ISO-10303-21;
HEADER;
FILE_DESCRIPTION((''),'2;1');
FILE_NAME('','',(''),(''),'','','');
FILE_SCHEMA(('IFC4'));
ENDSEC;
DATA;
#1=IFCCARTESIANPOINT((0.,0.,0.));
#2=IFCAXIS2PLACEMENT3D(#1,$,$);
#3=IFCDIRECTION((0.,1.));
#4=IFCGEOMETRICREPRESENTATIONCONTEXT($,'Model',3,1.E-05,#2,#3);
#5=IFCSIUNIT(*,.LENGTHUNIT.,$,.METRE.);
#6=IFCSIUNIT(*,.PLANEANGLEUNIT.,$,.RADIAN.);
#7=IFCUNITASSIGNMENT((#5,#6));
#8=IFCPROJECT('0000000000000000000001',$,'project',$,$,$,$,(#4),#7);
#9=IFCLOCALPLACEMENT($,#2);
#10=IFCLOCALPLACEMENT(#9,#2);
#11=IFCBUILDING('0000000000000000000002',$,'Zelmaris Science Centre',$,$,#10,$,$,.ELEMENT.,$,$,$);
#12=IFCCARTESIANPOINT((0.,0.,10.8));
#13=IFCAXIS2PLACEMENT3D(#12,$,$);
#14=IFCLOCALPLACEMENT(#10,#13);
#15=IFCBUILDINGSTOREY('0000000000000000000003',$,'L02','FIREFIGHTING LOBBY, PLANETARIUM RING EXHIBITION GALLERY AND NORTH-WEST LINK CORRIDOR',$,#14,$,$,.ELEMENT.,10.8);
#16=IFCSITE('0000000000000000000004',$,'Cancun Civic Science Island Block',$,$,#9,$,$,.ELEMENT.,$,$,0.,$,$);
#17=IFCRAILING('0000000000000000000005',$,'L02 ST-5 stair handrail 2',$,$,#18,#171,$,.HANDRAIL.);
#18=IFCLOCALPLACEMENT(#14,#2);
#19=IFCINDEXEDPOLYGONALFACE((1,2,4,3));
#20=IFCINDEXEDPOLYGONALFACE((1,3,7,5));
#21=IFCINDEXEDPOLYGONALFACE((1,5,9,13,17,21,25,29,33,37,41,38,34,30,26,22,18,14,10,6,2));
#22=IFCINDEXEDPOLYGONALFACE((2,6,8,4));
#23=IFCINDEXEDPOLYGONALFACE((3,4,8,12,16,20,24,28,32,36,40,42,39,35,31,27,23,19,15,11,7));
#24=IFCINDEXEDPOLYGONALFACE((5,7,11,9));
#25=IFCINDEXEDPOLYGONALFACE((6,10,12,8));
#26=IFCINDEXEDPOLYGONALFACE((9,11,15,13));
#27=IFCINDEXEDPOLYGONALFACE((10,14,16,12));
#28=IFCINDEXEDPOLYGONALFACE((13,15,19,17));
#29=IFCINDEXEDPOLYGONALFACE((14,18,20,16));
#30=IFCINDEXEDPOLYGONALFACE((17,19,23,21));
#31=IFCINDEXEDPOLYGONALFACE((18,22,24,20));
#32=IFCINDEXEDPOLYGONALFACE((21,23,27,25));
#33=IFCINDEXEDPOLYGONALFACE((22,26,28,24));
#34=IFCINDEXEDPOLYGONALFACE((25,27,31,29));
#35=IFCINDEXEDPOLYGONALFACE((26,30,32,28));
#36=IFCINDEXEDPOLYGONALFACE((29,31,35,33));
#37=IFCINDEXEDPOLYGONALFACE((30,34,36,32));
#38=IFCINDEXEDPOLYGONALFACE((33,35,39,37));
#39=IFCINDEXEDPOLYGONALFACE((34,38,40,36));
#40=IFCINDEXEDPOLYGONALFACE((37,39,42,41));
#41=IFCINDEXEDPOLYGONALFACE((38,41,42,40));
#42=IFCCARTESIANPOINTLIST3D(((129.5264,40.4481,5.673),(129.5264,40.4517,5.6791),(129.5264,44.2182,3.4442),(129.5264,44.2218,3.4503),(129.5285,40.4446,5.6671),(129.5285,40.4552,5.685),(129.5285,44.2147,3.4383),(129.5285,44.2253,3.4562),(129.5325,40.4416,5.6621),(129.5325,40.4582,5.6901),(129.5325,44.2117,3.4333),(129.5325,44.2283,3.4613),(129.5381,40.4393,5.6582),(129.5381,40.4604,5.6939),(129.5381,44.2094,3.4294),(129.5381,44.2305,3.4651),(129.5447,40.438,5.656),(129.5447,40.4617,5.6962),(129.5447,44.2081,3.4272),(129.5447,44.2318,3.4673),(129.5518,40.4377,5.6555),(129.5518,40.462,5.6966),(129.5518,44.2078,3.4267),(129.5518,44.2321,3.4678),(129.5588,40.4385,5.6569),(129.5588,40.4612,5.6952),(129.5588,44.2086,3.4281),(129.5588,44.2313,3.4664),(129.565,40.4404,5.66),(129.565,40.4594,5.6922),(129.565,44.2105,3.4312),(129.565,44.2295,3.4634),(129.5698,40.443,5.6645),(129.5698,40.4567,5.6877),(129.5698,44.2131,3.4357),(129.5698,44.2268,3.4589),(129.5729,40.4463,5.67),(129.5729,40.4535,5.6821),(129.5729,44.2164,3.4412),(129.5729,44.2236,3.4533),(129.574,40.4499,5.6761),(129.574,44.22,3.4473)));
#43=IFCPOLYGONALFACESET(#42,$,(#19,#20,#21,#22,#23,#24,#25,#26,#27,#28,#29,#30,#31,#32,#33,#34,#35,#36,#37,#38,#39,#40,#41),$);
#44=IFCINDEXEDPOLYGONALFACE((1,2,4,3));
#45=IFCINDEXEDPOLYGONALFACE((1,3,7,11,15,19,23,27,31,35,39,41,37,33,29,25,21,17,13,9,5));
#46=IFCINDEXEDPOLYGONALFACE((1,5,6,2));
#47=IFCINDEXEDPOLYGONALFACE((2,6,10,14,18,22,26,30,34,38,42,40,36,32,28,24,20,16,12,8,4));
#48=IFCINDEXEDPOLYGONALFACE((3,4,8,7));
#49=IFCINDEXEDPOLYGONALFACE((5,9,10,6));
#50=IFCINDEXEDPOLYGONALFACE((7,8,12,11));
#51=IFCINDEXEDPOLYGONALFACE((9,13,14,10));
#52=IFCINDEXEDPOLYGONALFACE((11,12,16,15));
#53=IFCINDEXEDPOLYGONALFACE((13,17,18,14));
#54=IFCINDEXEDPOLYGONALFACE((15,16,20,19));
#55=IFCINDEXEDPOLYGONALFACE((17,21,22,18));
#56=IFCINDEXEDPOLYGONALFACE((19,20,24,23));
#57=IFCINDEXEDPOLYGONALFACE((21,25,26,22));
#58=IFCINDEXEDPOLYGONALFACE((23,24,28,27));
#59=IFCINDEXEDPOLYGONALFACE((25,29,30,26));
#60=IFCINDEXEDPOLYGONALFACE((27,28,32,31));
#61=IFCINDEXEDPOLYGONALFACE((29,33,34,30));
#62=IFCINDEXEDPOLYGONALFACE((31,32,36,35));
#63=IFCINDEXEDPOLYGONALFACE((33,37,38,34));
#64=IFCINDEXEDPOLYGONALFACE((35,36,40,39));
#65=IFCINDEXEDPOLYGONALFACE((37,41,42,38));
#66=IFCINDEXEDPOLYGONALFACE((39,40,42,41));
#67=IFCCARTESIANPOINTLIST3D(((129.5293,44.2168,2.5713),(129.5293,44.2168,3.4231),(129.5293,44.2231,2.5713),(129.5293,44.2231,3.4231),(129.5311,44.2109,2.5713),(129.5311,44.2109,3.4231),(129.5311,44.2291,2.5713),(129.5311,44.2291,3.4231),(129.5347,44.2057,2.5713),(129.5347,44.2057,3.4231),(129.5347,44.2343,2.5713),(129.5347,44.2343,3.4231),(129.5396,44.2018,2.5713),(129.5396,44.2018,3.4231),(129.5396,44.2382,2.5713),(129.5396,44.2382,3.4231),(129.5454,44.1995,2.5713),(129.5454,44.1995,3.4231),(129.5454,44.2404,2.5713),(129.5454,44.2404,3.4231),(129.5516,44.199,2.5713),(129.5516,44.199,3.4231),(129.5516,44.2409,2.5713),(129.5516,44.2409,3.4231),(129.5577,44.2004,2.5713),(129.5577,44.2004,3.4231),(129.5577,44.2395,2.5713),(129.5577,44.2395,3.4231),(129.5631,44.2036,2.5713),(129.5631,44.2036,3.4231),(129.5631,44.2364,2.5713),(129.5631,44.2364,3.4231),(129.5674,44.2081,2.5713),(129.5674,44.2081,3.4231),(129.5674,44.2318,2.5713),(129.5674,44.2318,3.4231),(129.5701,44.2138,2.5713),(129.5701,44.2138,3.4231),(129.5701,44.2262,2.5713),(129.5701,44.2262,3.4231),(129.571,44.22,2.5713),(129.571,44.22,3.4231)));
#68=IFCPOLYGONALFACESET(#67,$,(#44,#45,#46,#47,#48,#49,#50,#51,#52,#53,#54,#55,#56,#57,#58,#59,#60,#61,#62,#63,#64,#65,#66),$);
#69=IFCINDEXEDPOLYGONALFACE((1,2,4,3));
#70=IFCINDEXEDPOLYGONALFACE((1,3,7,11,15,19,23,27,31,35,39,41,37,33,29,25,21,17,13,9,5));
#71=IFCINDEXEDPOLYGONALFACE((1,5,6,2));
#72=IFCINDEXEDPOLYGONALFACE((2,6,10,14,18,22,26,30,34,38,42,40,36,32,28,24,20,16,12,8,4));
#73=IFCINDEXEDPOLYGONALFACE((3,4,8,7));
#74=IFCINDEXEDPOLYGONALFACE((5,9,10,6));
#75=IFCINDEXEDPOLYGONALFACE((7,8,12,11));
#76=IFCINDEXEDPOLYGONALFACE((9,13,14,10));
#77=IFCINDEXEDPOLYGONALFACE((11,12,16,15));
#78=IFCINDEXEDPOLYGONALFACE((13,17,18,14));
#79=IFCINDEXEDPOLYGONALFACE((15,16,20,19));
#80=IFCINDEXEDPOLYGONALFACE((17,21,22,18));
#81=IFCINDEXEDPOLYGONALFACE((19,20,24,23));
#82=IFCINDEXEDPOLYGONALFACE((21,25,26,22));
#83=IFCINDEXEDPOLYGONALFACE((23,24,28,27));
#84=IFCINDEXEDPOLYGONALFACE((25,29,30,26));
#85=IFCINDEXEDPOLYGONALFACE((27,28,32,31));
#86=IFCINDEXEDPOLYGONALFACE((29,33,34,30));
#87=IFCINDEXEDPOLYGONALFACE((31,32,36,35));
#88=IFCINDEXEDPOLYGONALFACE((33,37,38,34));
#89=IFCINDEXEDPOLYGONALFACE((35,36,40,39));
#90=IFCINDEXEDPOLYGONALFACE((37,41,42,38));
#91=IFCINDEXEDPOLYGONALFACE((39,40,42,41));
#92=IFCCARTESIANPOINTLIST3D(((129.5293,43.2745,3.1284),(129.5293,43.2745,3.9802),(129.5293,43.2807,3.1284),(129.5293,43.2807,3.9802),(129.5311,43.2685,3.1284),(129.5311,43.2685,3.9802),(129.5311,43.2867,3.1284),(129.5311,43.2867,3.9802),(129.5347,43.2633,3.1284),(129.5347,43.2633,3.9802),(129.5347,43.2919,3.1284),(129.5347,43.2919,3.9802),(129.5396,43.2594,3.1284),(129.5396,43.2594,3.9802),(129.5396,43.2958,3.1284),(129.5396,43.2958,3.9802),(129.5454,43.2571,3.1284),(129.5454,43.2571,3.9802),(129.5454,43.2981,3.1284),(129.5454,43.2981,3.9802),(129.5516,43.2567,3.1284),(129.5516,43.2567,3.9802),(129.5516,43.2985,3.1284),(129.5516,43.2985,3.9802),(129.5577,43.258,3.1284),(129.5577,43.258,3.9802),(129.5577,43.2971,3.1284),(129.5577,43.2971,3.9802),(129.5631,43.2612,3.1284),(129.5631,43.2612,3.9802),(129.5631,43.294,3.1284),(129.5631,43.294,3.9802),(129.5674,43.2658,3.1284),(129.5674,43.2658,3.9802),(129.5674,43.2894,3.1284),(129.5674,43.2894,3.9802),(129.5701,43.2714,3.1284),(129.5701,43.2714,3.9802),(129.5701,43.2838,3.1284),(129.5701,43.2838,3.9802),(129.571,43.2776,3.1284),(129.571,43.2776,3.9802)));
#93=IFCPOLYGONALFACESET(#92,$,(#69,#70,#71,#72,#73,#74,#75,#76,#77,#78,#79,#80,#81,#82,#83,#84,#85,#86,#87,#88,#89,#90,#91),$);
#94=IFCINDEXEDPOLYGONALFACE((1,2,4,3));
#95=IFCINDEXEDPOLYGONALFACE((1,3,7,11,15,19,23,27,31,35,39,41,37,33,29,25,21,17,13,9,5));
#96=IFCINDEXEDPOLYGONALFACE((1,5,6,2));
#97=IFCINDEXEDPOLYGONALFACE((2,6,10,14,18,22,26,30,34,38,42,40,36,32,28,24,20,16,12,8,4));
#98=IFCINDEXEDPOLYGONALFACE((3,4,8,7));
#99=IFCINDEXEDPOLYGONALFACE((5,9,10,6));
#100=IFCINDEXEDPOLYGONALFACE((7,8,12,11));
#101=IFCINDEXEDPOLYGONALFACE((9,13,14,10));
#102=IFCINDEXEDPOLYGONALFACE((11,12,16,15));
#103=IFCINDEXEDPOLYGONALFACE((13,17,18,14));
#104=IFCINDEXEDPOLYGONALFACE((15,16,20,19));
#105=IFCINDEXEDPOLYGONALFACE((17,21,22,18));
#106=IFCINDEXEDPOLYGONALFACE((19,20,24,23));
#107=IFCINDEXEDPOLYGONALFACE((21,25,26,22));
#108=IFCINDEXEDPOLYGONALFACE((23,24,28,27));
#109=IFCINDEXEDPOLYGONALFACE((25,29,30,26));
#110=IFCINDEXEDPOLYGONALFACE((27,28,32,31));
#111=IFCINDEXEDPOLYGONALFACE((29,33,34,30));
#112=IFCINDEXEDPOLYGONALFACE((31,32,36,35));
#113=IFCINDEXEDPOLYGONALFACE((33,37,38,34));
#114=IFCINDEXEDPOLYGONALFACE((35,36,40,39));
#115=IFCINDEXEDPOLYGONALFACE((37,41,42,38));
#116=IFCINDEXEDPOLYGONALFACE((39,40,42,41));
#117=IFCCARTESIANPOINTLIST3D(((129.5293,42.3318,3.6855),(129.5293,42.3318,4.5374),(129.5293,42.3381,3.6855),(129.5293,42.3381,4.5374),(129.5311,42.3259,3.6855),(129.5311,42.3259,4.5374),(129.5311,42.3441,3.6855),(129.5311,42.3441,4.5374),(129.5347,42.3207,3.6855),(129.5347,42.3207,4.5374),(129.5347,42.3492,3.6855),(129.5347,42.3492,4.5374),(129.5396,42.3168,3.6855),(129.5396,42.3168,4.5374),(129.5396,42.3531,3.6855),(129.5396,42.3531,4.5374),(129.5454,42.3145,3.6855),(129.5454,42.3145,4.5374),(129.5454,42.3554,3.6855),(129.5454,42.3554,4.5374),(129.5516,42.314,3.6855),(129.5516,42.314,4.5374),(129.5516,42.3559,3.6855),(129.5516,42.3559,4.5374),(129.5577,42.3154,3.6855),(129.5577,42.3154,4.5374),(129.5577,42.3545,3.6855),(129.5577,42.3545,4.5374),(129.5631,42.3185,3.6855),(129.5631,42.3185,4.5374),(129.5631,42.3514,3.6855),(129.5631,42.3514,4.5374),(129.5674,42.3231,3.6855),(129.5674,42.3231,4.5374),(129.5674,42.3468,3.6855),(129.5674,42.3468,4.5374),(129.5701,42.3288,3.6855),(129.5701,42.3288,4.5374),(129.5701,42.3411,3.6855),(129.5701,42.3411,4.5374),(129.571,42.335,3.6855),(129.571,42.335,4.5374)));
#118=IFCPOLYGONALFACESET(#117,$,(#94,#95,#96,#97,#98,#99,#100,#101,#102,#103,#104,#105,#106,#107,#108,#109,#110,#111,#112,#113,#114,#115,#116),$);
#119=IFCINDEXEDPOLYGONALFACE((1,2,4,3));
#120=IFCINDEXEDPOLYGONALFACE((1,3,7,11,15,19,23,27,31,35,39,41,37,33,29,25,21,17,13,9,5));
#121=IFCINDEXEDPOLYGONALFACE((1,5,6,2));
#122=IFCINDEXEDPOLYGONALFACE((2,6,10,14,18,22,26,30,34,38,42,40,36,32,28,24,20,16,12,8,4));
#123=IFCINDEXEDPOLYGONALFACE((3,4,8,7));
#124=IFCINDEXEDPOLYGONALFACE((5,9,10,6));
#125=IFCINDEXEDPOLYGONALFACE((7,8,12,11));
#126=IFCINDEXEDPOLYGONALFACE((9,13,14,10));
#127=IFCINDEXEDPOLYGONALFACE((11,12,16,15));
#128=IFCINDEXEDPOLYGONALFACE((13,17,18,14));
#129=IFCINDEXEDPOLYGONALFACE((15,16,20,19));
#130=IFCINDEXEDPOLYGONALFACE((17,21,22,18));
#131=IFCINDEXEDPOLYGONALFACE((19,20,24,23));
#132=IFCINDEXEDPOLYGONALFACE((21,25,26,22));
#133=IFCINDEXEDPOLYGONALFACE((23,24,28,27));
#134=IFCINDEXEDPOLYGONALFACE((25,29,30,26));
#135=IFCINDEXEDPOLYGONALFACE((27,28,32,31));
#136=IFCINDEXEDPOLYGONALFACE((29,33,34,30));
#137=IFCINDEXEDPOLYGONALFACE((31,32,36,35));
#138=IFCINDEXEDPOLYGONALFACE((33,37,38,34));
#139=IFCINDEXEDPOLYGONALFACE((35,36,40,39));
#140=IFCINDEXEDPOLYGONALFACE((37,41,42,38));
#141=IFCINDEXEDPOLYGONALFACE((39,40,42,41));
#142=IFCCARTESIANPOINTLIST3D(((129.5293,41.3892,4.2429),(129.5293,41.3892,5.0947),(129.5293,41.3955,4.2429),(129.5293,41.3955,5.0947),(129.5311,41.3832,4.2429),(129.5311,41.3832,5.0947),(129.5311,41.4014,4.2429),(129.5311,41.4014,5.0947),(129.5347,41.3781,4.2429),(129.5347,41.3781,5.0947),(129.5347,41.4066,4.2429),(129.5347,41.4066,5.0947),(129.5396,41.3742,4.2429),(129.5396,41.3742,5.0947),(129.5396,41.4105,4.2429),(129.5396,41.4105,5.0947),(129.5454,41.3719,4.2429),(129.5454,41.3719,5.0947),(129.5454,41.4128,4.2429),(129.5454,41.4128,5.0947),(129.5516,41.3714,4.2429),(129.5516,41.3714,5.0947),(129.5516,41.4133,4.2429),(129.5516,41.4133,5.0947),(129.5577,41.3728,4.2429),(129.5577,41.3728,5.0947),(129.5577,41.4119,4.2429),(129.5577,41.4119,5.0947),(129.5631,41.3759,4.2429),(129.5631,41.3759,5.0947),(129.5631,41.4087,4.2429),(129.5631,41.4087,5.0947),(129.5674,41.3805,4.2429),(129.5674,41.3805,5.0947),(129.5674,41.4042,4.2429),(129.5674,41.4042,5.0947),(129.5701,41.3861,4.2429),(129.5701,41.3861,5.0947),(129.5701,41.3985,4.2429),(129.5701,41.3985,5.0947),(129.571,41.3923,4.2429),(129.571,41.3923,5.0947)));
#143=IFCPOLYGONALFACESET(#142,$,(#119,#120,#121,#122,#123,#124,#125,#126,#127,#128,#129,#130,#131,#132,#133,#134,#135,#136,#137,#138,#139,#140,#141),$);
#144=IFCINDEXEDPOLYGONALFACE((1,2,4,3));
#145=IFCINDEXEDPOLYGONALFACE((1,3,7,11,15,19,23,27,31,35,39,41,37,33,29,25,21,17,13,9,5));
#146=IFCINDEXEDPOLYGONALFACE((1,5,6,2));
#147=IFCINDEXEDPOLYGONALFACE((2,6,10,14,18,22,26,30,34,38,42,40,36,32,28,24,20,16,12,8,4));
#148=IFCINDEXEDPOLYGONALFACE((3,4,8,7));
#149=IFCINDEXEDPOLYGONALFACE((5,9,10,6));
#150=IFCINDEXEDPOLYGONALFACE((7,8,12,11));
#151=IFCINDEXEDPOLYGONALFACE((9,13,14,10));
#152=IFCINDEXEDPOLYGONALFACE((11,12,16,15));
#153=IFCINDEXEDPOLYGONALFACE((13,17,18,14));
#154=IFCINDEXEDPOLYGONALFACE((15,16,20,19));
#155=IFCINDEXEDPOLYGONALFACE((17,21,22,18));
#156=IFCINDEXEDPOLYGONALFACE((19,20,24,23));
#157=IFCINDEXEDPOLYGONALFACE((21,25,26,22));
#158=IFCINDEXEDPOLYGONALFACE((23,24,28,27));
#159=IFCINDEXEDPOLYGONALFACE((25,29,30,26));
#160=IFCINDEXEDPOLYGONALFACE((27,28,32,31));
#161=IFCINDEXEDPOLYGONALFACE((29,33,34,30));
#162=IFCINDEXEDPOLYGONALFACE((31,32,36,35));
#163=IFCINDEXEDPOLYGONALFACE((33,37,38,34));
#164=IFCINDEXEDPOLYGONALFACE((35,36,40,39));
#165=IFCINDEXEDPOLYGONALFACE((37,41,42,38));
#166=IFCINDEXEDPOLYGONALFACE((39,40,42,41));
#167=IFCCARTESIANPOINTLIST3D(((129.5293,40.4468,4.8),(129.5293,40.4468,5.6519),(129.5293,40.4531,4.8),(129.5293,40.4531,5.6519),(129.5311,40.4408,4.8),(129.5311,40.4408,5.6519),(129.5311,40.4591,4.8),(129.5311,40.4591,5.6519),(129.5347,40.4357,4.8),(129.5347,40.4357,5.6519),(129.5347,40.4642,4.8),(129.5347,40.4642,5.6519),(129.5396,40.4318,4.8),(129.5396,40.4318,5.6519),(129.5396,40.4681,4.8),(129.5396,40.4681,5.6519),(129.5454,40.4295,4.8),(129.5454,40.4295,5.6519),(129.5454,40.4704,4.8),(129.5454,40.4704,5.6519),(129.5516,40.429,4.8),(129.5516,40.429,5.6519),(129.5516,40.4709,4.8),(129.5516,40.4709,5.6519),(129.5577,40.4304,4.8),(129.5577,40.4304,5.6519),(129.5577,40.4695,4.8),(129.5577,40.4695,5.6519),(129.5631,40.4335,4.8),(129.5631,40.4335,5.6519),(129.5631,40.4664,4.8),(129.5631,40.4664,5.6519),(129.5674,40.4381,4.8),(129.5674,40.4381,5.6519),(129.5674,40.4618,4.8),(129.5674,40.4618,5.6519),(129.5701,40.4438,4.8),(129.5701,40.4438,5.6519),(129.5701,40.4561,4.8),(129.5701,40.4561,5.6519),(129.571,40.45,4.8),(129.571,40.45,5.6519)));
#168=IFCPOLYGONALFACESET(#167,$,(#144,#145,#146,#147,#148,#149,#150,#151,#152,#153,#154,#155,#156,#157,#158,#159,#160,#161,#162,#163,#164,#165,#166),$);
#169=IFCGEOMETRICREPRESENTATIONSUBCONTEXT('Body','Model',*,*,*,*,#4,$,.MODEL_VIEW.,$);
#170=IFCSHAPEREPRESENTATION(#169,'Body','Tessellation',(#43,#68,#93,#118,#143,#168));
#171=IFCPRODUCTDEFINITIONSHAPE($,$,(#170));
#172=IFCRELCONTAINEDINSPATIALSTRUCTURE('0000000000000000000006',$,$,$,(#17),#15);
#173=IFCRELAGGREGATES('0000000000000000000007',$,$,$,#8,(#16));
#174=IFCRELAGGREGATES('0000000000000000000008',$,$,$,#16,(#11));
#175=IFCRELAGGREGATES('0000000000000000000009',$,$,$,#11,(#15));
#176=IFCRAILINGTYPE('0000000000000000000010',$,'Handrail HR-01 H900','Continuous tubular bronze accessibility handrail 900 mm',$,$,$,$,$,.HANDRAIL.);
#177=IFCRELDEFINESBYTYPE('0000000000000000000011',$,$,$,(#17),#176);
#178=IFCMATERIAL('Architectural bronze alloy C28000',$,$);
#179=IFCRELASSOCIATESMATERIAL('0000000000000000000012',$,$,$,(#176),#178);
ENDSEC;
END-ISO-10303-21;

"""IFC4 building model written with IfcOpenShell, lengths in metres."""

from ifc_helpers import new_model, si_unit, direction, frame, origin, origin_2d, place, context, subcontext, project, spatial, circle, extrude, material, type_object, element, save


model = new_model("IFC4")

# Units and contexts
model_context = context("Model", 3, precision=1e-05, world=origin(), true_north=direction((0.0, 1.0)))
body_context = subcontext(model_context, "Body", "Model", "MODEL_VIEW")
ifc_project = project(units=[si_unit("LENGTHUNIT", "METRE"), si_unit("PLANEANGLEUNIT", "RADIAN")], contexts=[model_context])

# Site, building, storey
site_placement = place(None, origin())
site = spatial("IfcSite", under=ifc_project, at=site_placement, Name="Cancun Civic Science Island Block", CompositionType="ELEMENT", RefElevation=0.0)
building_placement = place(site_placement, origin())
building = spatial("IfcBuilding", under=site, at=building_placement, Name="Zelmaris Science Centre", CompositionType="ELEMENT")
storey_placement = place(building_placement, frame((0.0, 0.0, 10.8)))
storey = spatial("IfcBuildingStorey", under=building, at=storey_placement, Name="L02", Description="FIREFIGHTING LOBBY, PLANETARIUM RING EXHIBITION GALLERY AND NORTH-WEST LINK CORRIDOR", CompositionType="ELEMENT", Elevation=10.8)

# Railing
ifc_material_1 = material(Name="Architectural bronze alloy C28000")
railing_type_1 = type_object("IfcRailingType", Name="Handrail HR-01 H900", Description="Continuous tubular bronze accessibility handrail 900 mm", PredefinedType="HANDRAIL", material=ifc_material_1)
railing_1_placement = place(storey_placement, frame((129.55, 44.22, 2.5713)))
element("IfcRailing", 1, at=railing_1_placement, inside=storey, type_object=railing_type_1, Name="L02 ST-5 stair handrail 2", PredefinedType="HANDRAIL", context=body_context, shape_type="SweptSolid", body=[
    extrude(circle(Radius=0.0239, at=origin_2d()), frame((0.0, 0.0, 0.876), z_axis=(0.0, -0.860824, 0.508902), x_axis=(1.0, 0.0, 0.0)), (0.0, 0.0, 1.0), 4.3796),
    extrude(circle(Radius=0.021, at=origin_2d()), origin(), (0.0, 0.0, 1.0), 0.8518),
    extrude(circle(Radius=0.021, at=origin_2d()), frame((0.0, -0.9424, 0.5571)), (0.0, 0.0, 1.0), 0.8518),
    extrude(circle(Radius=0.021, at=origin_2d()), frame((0.0, -1.885, 1.1143)), (0.0, 0.0, 1.0), 0.8518),
    extrude(circle(Radius=0.021, at=origin_2d()), frame((0.0, -2.8276, 1.6716)), (0.0, 0.0, 1.0), 0.8518),
    extrude(circle(Radius=0.021, at=origin_2d()), frame((0.0, -3.77, 2.2288)), (0.0, 0.0, 1.0), 0.8518),
])

save(model, "model.ifc")
